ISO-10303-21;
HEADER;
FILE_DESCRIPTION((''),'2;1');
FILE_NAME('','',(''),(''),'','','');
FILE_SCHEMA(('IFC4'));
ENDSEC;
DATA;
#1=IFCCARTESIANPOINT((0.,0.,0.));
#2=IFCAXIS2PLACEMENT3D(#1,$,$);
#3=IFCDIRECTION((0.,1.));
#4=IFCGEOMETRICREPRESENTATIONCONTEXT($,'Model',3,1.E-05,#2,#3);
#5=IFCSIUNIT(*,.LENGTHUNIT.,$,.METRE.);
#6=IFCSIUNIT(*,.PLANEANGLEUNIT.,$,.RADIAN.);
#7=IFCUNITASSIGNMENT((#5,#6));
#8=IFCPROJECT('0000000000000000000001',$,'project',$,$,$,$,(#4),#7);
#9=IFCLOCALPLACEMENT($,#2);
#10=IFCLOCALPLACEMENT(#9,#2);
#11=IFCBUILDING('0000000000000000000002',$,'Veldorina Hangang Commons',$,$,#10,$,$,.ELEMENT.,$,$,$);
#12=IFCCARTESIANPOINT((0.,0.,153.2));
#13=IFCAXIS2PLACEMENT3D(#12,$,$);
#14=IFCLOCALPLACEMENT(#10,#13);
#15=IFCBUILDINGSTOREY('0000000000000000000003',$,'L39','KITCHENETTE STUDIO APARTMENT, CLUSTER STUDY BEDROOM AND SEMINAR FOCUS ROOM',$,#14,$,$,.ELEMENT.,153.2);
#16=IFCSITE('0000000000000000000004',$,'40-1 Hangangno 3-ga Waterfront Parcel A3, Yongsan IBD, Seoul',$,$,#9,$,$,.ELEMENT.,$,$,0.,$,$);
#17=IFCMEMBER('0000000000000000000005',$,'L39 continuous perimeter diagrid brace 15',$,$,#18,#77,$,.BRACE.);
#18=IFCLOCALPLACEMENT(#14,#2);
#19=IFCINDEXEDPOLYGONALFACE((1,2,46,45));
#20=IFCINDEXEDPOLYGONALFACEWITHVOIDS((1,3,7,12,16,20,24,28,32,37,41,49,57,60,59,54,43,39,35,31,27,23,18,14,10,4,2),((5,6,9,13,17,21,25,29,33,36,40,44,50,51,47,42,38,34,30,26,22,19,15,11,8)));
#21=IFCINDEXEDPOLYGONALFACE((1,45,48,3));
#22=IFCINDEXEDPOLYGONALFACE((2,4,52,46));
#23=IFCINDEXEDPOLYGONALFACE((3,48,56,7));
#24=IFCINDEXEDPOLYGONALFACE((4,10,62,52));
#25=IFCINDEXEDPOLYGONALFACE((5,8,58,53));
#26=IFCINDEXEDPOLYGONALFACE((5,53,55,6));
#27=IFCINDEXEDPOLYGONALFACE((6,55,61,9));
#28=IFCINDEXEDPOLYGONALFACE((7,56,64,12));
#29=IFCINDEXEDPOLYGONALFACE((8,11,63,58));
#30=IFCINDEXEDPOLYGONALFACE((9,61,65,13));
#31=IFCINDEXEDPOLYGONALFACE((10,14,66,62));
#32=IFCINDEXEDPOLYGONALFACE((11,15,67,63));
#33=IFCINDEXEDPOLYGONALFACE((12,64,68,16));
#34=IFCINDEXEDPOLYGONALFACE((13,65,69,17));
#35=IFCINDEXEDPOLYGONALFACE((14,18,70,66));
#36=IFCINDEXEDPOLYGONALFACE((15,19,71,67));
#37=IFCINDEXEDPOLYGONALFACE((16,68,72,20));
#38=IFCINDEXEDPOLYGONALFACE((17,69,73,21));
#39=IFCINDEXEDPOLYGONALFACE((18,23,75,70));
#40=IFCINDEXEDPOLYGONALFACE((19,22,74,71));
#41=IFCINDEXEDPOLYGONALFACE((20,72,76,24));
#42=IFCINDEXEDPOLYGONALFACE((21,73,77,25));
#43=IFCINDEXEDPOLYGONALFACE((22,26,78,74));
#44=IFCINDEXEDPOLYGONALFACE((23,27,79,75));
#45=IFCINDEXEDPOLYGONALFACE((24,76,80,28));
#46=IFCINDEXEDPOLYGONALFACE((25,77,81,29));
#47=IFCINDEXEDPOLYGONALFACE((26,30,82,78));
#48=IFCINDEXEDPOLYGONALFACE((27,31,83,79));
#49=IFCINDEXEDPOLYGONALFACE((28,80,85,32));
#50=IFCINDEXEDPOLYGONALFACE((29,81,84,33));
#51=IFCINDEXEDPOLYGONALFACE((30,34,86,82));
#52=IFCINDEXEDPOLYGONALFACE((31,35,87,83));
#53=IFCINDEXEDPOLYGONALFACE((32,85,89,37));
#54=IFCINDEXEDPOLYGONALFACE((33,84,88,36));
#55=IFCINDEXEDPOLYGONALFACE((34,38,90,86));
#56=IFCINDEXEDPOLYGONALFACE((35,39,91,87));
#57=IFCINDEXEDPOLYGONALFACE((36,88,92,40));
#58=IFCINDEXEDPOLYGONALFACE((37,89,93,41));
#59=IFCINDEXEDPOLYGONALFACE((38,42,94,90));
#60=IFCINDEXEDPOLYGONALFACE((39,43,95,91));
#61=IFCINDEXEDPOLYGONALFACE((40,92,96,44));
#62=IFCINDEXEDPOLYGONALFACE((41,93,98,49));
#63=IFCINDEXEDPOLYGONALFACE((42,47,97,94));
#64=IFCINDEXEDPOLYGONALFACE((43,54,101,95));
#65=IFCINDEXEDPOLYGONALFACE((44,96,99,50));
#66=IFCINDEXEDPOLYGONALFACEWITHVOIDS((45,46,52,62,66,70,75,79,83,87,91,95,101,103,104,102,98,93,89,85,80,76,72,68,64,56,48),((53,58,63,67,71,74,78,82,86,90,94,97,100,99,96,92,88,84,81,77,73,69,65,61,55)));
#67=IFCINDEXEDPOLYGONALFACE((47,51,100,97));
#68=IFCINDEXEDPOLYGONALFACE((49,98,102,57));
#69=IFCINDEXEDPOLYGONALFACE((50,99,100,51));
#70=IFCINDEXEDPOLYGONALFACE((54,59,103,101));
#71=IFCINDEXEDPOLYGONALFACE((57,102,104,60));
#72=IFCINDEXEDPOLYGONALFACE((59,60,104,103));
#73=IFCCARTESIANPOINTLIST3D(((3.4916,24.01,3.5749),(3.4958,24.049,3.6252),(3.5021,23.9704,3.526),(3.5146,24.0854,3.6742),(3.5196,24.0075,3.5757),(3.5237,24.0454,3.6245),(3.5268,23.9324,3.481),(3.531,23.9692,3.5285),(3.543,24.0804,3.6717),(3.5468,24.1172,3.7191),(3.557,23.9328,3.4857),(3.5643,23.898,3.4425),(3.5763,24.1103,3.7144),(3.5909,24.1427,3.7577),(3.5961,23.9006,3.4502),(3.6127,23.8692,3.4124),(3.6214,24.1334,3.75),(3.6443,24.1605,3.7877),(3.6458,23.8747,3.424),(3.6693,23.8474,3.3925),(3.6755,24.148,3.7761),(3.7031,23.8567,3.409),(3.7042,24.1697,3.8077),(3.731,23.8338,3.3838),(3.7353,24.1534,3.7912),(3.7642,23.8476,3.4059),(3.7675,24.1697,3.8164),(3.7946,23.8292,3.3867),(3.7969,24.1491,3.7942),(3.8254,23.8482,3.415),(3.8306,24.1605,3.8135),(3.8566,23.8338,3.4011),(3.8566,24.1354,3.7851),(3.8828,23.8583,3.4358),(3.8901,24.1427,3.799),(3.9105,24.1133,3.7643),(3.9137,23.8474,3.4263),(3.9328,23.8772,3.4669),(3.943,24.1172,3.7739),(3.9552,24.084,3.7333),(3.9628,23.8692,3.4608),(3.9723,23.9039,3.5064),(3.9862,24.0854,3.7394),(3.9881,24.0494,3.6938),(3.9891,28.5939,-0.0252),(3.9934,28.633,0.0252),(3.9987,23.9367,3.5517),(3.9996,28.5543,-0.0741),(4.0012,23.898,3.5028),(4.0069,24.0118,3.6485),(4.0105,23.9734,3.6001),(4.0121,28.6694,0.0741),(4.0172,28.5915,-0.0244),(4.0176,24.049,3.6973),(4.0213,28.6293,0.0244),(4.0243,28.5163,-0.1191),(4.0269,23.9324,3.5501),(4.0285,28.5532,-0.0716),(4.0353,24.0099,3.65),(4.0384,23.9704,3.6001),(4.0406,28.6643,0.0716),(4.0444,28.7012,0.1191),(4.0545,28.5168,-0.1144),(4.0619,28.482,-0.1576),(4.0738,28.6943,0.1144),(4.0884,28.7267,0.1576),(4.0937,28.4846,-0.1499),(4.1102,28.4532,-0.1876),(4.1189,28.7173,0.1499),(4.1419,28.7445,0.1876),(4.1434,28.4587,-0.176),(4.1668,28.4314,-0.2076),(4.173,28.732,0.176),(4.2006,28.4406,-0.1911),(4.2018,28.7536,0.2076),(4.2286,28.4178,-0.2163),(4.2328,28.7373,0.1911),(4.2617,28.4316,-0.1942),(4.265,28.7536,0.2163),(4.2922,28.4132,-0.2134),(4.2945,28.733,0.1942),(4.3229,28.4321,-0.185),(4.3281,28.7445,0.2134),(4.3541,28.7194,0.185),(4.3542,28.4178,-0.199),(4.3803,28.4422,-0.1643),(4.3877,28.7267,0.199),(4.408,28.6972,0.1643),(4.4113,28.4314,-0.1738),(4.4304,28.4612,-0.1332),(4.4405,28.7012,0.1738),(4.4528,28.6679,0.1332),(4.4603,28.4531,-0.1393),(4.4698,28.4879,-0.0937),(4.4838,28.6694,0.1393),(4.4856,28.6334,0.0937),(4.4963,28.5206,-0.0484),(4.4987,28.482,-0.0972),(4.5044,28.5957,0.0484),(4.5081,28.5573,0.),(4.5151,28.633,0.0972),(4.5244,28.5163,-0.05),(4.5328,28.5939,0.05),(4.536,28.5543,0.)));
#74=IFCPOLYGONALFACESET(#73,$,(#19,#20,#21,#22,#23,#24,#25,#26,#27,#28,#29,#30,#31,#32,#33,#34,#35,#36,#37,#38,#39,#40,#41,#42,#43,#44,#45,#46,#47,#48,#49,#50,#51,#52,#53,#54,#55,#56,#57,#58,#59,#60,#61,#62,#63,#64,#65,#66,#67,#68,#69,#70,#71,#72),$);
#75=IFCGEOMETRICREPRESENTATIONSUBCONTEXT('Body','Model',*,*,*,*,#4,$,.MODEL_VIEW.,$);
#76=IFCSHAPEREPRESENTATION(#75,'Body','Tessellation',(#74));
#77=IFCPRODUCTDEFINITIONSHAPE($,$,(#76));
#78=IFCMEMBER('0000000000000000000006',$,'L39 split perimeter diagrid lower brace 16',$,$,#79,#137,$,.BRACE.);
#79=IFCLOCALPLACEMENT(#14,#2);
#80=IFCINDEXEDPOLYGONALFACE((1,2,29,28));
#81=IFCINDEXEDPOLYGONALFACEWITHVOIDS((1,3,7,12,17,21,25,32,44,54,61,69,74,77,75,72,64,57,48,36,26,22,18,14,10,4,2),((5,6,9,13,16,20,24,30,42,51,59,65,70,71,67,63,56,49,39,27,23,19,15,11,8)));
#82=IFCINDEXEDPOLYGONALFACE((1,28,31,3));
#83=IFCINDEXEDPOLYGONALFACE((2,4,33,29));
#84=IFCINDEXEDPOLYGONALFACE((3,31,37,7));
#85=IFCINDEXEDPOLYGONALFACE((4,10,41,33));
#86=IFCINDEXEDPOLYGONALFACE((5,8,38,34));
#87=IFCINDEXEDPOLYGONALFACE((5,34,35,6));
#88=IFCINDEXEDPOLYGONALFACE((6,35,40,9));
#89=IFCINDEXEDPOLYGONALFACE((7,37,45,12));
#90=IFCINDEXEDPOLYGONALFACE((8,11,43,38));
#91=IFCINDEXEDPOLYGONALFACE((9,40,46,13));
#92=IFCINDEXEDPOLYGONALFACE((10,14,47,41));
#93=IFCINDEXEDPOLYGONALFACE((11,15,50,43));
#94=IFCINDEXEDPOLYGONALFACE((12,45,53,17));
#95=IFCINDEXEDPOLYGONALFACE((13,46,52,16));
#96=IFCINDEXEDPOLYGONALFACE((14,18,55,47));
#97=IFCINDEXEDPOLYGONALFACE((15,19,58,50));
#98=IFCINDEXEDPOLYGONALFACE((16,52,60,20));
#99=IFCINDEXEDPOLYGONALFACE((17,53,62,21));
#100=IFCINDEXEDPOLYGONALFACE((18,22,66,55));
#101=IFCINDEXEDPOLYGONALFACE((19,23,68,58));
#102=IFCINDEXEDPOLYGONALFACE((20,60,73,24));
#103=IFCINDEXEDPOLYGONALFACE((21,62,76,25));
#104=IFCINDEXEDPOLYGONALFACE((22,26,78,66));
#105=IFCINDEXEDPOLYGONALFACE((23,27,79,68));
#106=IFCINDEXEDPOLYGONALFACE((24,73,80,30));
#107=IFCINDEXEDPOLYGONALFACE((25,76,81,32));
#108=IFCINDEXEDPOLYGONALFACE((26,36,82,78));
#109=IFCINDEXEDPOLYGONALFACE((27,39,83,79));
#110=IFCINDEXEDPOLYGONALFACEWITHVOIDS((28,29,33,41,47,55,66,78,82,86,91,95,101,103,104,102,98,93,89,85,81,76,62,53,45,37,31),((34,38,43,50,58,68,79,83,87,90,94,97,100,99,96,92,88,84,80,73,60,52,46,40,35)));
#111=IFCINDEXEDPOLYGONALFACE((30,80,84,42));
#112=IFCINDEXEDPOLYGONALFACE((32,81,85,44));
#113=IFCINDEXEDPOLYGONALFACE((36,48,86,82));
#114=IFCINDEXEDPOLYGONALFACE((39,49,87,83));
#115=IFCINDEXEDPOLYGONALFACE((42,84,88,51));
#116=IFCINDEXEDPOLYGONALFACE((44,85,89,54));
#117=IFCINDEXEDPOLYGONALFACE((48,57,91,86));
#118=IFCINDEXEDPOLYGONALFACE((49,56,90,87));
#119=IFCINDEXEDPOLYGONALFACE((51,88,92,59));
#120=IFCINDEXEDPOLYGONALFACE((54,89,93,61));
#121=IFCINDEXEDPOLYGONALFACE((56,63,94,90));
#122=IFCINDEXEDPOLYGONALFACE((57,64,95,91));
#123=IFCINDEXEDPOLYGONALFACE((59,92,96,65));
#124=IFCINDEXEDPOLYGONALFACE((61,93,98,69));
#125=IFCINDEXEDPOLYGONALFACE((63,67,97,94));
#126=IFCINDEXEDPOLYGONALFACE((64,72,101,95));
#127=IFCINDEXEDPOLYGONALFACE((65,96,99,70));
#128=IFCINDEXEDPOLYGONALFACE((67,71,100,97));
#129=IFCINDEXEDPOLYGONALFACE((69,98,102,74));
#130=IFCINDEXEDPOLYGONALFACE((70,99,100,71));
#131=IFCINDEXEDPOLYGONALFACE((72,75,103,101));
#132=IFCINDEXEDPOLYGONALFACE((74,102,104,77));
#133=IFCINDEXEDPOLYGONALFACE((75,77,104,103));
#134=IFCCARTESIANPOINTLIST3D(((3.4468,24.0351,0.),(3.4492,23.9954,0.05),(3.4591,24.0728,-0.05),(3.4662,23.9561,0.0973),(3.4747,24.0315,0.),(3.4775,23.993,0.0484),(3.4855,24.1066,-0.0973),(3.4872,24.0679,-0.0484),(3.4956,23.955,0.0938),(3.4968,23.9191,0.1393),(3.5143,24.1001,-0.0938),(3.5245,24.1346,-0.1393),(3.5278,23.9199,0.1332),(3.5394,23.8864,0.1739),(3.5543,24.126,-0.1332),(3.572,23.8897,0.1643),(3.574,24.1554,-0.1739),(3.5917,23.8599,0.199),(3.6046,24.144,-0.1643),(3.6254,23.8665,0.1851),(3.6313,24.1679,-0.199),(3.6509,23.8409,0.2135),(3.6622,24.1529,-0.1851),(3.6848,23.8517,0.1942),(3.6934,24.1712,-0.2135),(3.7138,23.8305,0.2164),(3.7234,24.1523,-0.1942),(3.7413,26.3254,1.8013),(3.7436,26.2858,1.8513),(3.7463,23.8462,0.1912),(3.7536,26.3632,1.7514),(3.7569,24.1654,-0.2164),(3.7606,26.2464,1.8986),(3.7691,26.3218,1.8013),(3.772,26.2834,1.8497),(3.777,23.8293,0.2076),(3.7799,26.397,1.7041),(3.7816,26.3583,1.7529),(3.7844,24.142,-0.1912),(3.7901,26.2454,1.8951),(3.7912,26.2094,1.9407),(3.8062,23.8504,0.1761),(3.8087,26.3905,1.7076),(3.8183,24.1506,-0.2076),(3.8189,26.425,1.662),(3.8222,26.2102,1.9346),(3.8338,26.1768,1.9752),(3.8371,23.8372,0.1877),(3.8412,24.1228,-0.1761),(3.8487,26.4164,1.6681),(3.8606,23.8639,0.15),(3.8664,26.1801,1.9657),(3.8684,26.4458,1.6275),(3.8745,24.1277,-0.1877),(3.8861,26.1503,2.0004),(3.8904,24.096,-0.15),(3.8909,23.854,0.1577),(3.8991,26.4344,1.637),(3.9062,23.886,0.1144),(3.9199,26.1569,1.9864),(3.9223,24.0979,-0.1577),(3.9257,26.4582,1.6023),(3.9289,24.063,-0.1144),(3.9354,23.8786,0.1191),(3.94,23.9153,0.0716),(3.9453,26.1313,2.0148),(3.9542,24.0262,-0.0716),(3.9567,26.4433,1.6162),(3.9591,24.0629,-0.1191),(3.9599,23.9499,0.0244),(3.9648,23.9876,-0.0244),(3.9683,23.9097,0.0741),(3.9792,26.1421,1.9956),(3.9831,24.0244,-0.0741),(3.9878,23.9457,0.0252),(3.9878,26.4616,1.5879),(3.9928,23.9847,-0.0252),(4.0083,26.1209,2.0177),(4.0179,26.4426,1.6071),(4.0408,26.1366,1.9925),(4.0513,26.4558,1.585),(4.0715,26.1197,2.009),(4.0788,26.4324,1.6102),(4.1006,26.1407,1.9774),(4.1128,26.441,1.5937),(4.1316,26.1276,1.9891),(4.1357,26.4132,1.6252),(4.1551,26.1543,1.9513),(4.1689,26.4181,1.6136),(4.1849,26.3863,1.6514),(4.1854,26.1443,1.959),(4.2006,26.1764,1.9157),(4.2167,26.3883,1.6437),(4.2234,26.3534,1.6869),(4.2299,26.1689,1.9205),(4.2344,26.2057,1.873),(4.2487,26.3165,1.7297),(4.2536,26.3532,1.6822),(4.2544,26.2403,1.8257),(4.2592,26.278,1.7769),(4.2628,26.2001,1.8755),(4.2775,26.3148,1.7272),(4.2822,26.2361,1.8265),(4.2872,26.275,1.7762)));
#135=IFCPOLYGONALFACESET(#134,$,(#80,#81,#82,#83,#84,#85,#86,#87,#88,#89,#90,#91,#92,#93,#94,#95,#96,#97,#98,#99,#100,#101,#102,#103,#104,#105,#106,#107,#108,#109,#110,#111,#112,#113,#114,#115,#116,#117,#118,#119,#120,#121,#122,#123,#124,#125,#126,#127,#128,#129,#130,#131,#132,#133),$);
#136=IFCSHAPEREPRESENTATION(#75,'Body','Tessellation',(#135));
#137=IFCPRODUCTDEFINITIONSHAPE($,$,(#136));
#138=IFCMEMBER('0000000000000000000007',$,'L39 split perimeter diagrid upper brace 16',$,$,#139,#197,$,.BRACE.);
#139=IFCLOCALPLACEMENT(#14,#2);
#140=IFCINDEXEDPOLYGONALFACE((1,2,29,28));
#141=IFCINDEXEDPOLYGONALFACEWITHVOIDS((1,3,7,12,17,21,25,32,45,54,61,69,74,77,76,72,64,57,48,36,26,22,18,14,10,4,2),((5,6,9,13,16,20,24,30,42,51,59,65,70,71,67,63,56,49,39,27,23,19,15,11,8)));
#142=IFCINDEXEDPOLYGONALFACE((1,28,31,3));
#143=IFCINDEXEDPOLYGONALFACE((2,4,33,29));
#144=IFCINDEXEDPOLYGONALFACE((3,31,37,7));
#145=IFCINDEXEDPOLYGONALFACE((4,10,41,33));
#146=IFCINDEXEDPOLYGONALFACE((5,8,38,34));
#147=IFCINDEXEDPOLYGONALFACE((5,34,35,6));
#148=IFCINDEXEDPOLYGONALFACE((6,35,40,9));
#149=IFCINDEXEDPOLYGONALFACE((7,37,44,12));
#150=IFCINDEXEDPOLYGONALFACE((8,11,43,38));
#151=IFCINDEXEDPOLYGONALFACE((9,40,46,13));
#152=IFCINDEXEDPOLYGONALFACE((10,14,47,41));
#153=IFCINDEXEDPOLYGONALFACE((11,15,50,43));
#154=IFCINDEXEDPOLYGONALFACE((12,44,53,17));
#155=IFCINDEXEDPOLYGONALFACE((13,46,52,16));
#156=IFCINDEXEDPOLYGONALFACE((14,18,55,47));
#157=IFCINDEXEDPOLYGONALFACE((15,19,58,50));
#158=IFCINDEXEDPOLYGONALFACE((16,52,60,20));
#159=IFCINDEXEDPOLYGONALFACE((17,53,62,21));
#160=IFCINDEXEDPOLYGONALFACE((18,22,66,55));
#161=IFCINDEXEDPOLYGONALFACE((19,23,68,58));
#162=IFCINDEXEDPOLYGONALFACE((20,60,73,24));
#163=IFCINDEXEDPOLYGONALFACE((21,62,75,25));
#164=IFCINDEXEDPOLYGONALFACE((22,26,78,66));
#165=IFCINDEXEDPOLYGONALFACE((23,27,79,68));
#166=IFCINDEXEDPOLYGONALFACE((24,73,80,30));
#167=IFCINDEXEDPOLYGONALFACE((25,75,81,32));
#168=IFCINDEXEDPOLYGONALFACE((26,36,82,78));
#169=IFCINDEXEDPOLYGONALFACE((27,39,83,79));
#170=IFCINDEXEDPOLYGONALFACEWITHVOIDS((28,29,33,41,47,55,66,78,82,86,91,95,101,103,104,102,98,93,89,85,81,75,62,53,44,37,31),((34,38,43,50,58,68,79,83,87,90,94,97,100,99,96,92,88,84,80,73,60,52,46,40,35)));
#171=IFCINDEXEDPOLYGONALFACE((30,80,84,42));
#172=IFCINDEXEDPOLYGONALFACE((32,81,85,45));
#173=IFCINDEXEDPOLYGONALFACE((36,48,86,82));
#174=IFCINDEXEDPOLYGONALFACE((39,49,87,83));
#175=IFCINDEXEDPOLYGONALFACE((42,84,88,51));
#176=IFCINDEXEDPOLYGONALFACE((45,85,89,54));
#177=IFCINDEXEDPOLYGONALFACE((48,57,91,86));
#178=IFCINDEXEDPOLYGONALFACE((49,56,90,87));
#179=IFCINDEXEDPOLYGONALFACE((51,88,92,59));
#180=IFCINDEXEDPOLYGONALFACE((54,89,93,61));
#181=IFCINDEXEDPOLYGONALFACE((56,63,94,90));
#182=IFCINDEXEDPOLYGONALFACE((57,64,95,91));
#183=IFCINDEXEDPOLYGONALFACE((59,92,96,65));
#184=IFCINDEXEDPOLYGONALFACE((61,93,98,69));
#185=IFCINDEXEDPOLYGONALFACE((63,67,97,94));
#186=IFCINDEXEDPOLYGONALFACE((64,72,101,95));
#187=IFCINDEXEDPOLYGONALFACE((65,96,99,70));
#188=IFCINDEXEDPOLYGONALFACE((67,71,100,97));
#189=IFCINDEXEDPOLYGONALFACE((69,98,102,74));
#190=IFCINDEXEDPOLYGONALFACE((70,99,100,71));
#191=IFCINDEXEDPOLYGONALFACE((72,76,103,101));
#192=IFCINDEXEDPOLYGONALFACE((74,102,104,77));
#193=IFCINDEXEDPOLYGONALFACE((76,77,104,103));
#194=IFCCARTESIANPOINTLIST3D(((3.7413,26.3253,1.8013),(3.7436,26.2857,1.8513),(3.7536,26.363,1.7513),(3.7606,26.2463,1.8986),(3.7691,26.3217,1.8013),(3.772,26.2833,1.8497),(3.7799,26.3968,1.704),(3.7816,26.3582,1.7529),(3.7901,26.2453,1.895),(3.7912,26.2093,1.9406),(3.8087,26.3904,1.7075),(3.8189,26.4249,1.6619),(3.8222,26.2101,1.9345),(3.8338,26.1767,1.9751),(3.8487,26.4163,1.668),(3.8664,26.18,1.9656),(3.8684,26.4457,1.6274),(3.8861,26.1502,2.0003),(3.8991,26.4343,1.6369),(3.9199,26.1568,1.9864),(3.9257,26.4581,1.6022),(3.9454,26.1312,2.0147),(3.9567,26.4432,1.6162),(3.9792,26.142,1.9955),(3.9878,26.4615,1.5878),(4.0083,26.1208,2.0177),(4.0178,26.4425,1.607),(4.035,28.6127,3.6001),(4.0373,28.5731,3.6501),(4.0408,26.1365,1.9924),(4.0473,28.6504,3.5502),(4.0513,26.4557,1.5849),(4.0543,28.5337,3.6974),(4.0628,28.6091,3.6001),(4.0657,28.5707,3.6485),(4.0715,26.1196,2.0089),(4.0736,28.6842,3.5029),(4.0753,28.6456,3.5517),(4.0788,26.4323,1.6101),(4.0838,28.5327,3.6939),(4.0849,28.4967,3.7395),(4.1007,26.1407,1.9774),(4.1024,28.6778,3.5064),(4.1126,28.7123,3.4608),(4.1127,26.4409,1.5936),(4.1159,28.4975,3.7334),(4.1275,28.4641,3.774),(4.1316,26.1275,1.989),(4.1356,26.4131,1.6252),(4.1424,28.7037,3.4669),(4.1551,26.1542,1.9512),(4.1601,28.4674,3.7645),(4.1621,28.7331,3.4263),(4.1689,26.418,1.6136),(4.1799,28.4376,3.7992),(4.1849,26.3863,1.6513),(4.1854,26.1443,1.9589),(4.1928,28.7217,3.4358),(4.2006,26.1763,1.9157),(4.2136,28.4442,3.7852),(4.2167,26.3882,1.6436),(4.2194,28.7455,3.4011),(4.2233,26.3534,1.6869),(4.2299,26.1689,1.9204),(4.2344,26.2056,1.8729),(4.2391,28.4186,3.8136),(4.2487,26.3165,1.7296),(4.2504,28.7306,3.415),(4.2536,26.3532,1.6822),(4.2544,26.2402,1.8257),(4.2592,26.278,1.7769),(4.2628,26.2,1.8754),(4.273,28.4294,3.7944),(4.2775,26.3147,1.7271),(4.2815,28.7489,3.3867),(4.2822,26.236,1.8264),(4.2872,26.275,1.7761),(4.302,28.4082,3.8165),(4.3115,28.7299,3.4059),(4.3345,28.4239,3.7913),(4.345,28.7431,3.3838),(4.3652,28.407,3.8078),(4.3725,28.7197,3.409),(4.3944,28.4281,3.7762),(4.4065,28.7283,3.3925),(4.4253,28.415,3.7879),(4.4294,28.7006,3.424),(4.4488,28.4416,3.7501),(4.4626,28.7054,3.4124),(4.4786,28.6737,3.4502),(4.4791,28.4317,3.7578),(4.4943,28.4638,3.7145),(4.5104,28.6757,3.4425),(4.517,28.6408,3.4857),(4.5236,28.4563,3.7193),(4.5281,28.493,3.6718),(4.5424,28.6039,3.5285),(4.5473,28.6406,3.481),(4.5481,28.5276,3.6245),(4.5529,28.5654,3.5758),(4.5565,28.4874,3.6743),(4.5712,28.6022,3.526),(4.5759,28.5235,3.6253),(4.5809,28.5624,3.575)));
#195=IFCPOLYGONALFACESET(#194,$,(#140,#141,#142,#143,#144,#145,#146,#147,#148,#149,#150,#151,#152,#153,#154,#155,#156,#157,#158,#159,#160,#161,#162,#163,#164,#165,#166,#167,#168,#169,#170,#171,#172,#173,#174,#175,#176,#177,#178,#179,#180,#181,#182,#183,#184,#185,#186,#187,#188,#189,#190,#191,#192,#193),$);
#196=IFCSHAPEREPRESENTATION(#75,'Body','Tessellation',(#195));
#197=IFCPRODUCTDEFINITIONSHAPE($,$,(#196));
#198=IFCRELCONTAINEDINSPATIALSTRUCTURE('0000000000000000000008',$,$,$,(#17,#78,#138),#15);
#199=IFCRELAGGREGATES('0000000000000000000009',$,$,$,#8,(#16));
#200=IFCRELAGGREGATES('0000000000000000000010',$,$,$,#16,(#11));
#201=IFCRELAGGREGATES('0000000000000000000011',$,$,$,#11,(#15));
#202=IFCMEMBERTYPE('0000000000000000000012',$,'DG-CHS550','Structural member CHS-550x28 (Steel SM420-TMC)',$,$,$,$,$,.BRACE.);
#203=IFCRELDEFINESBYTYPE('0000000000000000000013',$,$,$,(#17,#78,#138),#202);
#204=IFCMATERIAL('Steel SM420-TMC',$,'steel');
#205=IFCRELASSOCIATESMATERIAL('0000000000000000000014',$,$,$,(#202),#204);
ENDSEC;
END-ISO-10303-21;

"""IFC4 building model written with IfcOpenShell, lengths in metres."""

from ifc_helpers import new_model, si_unit, direction, frame, origin, origin_2d, place, context, subcontext, project, spatial, hollow_circle, extrude, material, material_profile, profile_set, type_object, element, save


model = new_model("IFC4")

# Units and contexts
model_context = context("Model", 3, precision=1e-05, world=origin(), true_north=direction((0.0, 1.0)))
body_context = subcontext(model_context, "Body", "Model", "MODEL_VIEW")
ifc_project = project(units=[si_unit("LENGTHUNIT", "METRE"), si_unit("PLANEANGLEUNIT", "RADIAN")], contexts=[model_context])

# Site, building, storey
site_placement = place(None, origin())
site = spatial("IfcSite", under=ifc_project, at=site_placement, Name="40-1 Hangangno 3-ga Waterfront Parcel A3, Yongsan IBD, Seoul", CompositionType="ELEMENT", RefElevation=0.0)
building_placement = place(site_placement, origin())
building = spatial("IfcBuilding", under=site, at=building_placement, Name="Veldorina Hangang Commons", CompositionType="ELEMENT")
storey_placement = place(building_placement, frame((0.0, 0.0, 153.2)))
storey = spatial("IfcBuildingStorey", under=building, at=storey_placement, Name="L39", Description="KITCHENETTE STUDIO APARTMENT, CLUSTER STUDY BEDROOM AND SEMINAR FOCUS ROOM", CompositionType="ELEMENT", Elevation=153.2)

# Shared definitions
ifc_material_1 = material(Name="Steel SM420-TMC", Category="steel")

# Members
ifc_material_profile_1 = material_profile(ifc_material_1, hollow_circle(Radius=0.2749, WallThickness=0.0281, at=origin_2d()), Name="CHS-550x28")
ifc_profile_set_1 = profile_set([ifc_material_profile_1], Name="Steel SM420-TMC")
member_type = type_object("IfcMemberType", Name="DG-CHS550", Description="Structural member CHS-550x28 (Steel SM420-TMC)", PredefinedType="BRACE", material=ifc_profile_set_1)
member_1_placement = place(storey_placement, frame((4.2627, 28.584, 0.0), z_axis=(-0.085054, -0.783602, 0.615413), x_axis=(0.994161, -0.107909, 0.0)))
element("IfcMember", 1, at=member_1_placement, inside=storey, type_object=member_type, Name="L39 continuous perimeter diagrid brace 15", PredefinedType="BRACE", context=body_context, shape_type="SweptSolid", body=[
    extrude(hollow_circle(Radius=0.2749, WallThickness=0.0281, at=origin_2d()), origin(), (0.0, 0.0, 1.0), 5.8499),
])
member_2_placement = place(storey_placement, frame((3.7195, 24.0, 0.0), z_axis=(0.100538, 0.782042, 0.615063), x_axis=(-0.991837, 0.127508, 0.0)))
element("IfcMember", 2, at=member_2_placement, inside=storey, type_object=member_type, Name="L39 split perimeter diagrid lower brace 16", PredefinedType="BRACE", context=body_context, shape_type="SweptSolid", body=[
    extrude(hollow_circle(Radius=0.2749, WallThickness=0.0281, at=origin_2d()), origin(), (0.0, 0.0, 1.0), 2.9287),
])
member_3_placement = place(storey_placement, frame((4.0139, 26.2903, 1.8013), z_axis=(0.10042, 0.782074, 0.615041), x_axis=(-0.991857, 0.127357, 0.0)))
element("IfcMember", 3, at=member_3_placement, inside=storey, type_object=member_type, Name="L39 split perimeter diagrid upper brace 16", PredefinedType="BRACE", context=body_context, shape_type="SweptSolid", body=[
    extrude(hollow_circle(Radius=0.2749, WallThickness=0.0281, at=origin_2d()), origin(), (0.0, 0.0, 1.0), 2.9248),
])

save(model, "model.ifc")
